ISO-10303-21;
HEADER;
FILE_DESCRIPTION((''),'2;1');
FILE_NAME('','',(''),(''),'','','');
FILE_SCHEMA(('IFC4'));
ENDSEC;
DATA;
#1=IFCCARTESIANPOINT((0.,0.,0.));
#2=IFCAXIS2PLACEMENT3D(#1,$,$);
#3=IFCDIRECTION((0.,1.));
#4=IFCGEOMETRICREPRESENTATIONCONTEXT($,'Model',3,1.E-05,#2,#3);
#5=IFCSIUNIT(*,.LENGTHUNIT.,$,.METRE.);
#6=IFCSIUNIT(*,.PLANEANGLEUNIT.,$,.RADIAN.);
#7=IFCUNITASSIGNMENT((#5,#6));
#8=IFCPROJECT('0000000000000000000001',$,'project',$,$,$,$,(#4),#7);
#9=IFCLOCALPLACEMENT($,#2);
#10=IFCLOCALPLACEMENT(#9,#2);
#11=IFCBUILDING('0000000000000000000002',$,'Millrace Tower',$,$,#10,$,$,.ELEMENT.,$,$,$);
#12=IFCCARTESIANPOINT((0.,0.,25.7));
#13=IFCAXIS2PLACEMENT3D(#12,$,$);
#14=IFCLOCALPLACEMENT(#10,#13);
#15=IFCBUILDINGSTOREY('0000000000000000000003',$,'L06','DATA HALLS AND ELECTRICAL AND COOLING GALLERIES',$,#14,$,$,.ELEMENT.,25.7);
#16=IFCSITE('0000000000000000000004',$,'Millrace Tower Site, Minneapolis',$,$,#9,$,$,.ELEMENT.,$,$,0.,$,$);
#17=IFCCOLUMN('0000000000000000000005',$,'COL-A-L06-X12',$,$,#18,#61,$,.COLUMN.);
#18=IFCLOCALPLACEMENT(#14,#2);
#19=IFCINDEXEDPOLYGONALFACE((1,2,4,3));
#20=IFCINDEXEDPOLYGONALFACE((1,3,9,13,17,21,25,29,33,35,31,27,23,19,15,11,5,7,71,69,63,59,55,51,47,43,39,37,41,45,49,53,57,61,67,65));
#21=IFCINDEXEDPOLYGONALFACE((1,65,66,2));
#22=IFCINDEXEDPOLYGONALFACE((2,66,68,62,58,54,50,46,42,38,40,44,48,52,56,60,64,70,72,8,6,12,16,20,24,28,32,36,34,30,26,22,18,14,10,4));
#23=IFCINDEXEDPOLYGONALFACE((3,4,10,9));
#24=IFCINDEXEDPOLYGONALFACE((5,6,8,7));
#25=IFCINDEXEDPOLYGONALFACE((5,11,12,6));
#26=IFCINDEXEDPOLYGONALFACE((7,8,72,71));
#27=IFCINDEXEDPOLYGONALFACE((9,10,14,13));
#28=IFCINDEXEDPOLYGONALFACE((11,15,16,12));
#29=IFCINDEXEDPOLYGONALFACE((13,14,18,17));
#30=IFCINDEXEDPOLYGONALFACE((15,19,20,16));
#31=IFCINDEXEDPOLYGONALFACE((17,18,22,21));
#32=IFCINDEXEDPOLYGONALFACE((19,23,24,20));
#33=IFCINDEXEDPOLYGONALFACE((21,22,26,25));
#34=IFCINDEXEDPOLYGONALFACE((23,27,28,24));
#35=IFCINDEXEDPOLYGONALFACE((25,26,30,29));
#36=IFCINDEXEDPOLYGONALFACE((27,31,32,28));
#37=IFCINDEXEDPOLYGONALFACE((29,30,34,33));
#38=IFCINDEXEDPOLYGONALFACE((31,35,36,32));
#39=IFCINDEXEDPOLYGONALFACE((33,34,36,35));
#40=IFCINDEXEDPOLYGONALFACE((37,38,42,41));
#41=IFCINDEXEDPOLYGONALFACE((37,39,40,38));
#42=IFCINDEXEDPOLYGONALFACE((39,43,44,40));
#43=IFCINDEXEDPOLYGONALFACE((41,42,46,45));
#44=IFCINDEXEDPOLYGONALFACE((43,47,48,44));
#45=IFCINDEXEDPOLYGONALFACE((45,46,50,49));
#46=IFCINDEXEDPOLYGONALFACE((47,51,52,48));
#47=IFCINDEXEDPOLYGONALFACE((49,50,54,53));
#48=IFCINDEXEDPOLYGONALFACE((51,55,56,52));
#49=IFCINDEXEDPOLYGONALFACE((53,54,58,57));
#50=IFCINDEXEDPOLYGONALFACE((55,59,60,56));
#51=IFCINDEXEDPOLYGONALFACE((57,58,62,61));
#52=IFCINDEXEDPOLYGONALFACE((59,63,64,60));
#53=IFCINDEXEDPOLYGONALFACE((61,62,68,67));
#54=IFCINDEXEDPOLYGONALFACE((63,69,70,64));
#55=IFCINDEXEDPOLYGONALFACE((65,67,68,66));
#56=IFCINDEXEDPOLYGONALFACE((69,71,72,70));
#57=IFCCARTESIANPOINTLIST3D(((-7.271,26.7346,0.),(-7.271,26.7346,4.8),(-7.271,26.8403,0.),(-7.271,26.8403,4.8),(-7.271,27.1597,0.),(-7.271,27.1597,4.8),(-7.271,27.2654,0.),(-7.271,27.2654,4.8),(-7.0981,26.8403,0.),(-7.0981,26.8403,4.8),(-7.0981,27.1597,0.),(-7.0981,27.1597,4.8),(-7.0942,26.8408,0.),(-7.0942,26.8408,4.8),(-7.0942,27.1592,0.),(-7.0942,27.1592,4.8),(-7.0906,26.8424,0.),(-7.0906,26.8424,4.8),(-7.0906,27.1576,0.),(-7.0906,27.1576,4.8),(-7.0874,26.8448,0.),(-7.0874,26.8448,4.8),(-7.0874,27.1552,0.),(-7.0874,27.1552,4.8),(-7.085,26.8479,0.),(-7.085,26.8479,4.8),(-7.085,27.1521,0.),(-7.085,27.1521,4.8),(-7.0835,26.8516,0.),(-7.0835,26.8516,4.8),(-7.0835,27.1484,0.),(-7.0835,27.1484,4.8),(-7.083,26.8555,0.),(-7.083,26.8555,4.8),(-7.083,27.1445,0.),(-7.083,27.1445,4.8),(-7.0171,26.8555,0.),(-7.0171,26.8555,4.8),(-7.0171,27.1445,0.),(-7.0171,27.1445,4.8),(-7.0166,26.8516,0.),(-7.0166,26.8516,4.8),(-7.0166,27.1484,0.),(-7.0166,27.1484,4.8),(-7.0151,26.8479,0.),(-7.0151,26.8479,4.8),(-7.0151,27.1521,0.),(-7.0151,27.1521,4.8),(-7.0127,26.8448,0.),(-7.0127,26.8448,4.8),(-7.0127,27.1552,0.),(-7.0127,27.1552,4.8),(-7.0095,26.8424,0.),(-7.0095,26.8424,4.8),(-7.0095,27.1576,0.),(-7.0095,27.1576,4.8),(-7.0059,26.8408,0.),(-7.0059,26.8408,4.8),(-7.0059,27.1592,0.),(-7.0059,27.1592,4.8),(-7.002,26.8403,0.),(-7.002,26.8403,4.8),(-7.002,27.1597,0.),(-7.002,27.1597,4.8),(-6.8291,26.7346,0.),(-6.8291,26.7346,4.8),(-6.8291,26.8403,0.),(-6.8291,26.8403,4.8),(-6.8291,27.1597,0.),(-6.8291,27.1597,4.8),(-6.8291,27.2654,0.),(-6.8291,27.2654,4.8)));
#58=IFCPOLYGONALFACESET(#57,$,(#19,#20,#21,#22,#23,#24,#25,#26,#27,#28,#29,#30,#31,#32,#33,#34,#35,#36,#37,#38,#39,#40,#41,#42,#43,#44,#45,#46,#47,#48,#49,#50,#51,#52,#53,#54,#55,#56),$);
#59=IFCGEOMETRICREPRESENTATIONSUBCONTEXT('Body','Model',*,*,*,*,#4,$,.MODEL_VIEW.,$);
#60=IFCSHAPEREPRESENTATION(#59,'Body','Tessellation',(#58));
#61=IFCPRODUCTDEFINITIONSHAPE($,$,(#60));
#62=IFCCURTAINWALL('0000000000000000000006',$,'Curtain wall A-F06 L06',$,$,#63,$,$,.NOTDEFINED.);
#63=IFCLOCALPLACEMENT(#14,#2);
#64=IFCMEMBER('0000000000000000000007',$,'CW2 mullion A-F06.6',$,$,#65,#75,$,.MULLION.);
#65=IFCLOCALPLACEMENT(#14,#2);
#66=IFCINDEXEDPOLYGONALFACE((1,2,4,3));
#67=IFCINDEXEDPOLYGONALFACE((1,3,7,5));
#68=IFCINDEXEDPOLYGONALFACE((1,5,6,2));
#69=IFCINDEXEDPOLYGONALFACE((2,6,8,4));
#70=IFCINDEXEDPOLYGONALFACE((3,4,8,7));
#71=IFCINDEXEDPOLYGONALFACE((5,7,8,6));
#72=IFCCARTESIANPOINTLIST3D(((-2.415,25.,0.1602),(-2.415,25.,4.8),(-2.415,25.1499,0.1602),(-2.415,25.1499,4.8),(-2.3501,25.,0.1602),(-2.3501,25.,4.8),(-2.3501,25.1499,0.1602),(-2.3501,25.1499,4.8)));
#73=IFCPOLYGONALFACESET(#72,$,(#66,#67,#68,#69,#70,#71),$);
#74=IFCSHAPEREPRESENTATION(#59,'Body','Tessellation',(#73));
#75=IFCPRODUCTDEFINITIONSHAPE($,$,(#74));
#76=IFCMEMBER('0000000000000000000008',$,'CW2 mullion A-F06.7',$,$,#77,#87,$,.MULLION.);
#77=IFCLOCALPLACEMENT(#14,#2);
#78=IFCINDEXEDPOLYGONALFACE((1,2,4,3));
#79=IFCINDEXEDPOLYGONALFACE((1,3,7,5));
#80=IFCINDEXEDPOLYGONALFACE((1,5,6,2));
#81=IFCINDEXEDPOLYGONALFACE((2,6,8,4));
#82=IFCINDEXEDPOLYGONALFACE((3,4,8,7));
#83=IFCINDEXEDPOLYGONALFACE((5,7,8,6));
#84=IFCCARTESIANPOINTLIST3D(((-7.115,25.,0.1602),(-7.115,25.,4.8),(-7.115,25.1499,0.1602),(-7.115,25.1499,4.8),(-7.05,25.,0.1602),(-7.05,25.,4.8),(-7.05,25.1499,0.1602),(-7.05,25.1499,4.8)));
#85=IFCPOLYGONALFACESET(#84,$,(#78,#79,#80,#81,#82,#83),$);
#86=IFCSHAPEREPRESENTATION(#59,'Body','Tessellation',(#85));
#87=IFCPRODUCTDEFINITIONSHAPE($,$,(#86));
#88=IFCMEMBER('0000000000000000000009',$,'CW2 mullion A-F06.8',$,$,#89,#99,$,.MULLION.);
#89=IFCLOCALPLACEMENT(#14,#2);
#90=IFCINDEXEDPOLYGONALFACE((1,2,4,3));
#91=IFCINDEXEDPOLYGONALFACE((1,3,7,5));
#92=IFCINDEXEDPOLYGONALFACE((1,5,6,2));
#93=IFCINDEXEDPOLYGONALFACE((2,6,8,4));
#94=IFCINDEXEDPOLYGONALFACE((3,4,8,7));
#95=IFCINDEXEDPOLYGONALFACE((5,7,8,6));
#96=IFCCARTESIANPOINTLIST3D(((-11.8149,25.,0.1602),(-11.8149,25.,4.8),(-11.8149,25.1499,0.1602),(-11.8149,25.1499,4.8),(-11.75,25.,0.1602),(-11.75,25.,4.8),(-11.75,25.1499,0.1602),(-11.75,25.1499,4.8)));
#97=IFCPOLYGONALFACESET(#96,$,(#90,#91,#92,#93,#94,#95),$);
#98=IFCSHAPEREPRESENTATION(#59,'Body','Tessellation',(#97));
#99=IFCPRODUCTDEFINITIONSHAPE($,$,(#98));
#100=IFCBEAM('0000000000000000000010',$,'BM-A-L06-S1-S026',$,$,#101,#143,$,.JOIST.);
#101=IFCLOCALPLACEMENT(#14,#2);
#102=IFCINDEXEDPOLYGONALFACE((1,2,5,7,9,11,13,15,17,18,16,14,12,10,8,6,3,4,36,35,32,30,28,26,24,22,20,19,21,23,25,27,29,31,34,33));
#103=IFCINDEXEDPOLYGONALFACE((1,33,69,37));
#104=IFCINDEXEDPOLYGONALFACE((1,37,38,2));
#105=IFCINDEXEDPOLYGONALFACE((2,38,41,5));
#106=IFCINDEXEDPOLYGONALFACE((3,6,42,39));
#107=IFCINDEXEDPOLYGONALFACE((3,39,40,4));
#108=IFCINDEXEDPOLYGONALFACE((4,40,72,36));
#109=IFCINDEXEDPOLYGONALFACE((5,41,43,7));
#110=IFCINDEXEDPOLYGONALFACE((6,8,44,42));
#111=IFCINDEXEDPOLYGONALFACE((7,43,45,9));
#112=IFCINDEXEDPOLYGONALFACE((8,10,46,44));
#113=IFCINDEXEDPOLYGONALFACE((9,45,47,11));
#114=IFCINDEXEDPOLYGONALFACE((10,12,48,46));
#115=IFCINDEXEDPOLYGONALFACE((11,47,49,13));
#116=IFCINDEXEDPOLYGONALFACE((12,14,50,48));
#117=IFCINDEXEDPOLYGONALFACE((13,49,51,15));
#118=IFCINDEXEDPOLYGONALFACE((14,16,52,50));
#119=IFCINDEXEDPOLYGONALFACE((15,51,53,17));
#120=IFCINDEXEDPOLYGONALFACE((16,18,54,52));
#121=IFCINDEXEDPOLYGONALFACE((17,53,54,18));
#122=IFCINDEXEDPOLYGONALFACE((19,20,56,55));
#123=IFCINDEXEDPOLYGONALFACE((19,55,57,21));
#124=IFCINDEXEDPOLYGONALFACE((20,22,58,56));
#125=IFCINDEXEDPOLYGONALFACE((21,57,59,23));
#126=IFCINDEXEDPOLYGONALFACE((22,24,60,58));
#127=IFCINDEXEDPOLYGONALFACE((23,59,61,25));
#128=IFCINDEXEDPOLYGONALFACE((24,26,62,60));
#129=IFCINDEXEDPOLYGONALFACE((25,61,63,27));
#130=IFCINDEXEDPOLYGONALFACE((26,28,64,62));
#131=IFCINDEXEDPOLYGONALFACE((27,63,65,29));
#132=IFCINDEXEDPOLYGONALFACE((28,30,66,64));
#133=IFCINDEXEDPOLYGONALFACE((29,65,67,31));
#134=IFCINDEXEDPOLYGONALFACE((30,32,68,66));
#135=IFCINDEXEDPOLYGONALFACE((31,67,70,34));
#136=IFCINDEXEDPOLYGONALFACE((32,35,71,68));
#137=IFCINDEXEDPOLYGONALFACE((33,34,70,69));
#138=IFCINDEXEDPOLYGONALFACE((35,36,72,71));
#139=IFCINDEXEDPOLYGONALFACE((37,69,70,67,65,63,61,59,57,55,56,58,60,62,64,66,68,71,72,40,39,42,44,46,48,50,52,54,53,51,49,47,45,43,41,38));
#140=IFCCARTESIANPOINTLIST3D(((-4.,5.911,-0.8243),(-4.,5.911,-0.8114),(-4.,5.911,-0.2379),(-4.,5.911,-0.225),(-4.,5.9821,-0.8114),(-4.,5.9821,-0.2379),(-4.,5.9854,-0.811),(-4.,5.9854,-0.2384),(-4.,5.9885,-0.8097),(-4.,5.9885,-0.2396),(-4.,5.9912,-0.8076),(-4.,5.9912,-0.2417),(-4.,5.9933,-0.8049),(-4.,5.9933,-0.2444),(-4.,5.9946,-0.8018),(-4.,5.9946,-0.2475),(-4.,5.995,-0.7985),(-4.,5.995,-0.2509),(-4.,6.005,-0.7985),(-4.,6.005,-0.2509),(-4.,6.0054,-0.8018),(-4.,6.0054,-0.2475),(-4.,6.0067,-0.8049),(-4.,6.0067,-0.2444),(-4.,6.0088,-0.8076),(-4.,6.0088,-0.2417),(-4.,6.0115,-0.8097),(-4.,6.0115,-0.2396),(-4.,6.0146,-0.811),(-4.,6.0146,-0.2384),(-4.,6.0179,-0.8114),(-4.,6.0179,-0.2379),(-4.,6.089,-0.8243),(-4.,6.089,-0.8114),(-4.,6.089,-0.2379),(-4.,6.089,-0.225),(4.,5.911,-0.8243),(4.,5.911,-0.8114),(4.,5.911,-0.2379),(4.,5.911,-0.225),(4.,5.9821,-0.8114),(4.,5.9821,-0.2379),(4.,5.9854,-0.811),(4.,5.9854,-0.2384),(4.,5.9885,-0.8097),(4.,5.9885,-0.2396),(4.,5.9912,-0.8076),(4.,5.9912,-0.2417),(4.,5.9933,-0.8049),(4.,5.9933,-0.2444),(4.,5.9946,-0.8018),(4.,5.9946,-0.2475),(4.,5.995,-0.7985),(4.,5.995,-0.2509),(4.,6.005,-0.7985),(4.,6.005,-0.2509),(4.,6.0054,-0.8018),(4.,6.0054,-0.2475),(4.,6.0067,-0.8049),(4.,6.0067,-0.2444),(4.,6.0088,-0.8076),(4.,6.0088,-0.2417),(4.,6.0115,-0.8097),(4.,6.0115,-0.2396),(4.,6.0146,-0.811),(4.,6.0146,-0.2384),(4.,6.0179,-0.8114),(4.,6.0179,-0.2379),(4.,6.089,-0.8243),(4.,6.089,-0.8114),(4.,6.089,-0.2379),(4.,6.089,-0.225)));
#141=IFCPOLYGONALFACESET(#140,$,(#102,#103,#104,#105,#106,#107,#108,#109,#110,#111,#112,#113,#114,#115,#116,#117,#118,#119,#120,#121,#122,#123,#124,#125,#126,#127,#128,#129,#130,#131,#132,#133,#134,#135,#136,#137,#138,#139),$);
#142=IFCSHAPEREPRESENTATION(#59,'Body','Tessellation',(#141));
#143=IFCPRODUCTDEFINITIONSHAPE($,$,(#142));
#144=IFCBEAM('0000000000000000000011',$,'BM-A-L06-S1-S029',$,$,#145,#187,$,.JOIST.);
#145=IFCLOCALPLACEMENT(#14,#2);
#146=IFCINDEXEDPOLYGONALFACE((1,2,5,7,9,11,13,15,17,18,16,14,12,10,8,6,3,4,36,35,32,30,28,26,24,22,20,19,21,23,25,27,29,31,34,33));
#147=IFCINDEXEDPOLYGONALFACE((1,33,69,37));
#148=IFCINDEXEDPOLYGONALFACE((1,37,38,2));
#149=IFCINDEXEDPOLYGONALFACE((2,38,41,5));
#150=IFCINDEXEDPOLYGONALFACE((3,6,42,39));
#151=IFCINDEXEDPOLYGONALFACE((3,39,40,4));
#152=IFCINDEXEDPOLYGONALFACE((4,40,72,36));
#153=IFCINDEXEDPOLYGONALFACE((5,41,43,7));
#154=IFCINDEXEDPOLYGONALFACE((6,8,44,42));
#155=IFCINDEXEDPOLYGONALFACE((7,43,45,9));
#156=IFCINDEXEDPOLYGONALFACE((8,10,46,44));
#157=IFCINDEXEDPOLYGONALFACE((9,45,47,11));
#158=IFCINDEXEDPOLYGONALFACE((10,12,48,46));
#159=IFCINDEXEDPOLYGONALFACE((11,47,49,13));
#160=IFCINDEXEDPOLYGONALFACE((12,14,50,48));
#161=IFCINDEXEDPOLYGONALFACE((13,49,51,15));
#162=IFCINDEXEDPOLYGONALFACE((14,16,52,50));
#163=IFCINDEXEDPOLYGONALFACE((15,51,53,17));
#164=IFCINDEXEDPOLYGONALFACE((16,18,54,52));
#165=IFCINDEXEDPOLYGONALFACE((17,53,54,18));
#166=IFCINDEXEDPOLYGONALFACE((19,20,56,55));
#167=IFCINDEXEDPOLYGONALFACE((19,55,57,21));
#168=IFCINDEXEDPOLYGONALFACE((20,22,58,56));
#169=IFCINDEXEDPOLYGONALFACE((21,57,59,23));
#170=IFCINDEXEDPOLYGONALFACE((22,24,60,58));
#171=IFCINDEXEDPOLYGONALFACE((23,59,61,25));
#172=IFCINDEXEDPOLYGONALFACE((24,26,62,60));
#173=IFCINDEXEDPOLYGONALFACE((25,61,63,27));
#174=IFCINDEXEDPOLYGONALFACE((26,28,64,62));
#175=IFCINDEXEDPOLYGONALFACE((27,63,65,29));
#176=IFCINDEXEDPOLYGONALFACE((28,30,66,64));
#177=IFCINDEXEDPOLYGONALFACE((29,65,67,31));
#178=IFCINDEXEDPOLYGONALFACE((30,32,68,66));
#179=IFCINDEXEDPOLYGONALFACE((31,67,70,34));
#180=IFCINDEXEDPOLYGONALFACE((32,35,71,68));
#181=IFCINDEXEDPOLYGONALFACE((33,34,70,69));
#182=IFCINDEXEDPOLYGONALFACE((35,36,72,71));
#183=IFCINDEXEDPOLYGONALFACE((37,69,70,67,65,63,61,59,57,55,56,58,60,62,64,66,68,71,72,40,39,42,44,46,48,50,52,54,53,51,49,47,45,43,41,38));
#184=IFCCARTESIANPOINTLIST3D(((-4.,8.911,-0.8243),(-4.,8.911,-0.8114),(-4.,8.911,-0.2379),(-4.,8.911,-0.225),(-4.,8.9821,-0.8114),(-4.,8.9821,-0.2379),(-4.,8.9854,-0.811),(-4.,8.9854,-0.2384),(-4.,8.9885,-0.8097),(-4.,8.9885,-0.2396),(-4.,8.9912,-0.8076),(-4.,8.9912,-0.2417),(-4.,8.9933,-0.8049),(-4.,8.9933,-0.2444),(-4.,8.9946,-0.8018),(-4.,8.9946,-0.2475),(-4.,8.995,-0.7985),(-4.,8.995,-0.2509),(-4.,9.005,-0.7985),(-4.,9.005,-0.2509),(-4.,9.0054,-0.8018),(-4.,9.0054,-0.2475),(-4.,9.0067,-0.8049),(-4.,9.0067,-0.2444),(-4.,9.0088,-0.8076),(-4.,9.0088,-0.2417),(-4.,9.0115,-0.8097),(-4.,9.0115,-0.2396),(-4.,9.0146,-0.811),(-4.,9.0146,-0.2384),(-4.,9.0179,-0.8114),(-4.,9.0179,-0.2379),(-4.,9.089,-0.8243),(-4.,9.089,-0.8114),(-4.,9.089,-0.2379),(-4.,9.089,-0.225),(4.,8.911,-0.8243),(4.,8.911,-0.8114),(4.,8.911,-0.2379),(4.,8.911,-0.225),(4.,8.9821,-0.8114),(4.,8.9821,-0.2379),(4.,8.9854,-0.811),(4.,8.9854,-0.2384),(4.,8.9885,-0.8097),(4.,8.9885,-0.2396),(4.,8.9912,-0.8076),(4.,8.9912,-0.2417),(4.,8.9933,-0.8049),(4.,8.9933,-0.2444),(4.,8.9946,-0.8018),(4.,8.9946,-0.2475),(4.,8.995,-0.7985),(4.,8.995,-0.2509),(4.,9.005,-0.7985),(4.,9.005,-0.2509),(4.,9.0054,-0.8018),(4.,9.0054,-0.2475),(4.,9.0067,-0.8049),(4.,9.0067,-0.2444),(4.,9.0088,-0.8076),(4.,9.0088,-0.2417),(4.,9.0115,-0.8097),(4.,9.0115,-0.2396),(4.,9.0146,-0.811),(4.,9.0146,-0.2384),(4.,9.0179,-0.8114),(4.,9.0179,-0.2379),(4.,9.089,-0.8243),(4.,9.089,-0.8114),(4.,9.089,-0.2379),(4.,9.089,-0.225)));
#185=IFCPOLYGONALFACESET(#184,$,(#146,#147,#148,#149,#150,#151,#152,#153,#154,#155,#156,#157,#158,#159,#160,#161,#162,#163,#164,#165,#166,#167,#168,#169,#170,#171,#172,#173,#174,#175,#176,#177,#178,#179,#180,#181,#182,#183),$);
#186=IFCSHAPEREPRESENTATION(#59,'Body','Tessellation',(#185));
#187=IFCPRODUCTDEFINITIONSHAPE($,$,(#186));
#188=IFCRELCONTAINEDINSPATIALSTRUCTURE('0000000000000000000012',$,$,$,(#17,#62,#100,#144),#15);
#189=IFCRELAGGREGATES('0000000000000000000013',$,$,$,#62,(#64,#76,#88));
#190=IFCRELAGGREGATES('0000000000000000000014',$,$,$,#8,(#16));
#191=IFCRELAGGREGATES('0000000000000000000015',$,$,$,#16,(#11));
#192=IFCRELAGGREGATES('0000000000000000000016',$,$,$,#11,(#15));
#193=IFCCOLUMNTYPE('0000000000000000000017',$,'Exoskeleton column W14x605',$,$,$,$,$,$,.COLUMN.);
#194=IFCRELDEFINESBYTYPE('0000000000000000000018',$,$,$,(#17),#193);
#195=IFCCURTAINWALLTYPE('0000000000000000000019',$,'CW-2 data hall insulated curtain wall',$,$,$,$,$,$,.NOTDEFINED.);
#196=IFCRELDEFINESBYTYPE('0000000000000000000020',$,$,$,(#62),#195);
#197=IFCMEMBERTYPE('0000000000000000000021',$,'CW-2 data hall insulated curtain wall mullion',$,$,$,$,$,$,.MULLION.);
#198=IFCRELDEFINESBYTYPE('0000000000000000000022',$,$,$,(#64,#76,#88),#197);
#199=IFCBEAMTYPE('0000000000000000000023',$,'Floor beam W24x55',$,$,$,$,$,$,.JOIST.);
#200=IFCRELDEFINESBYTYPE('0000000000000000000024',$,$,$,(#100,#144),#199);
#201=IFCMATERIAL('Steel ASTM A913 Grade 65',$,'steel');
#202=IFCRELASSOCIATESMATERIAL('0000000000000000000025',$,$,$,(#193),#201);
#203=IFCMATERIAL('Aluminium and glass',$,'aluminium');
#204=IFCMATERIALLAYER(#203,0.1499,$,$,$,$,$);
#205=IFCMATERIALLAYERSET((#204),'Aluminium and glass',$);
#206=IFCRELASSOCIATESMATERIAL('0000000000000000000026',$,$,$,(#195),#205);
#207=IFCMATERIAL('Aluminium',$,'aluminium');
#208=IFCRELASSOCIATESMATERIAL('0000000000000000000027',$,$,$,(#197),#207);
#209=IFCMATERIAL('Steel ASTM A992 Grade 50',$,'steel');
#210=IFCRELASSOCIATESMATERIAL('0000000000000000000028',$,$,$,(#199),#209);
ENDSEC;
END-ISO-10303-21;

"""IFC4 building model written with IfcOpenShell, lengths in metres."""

from ifc_helpers import new_model, si_unit, direction, frame, origin, origin_2d, place, context, subcontext, project, spatial, rectangle, i_section, extrude, material, layer, layer_set, material_profile, profile_set, type_object, element, aggregate, save


model = new_model("IFC4")

# Units and contexts
model_context = context("Model", 3, precision=1e-05, world=origin(), true_north=direction((0.0, 1.0)))
body_context = subcontext(model_context, "Body", "Model", "MODEL_VIEW")
ifc_project = project(units=[si_unit("LENGTHUNIT", "METRE"), si_unit("PLANEANGLEUNIT", "RADIAN")], contexts=[model_context])

# Site, building, storey
site_placement = place(None, origin())
site = spatial("IfcSite", under=ifc_project, at=site_placement, Name="Millrace Tower Site, Minneapolis", CompositionType="ELEMENT", RefElevation=0.0)
building_placement = place(site_placement, origin())
building = spatial("IfcBuilding", under=site, at=building_placement, Name="Millrace Tower", CompositionType="ELEMENT")
storey_placement = place(building_placement, frame((0.0, 0.0, 25.7)))
storey = spatial("IfcBuildingStorey", under=building, at=storey_placement, Name="L06", Description="DATA HALLS AND ELECTRICAL AND COOLING GALLERIES", CompositionType="ELEMENT", Elevation=25.7)

# Column
ifc_material_1 = material(Name="Steel ASTM A913 Grade 65", Category="steel")
ifc_material_profile_1 = material_profile(ifc_material_1, i_section(OverallWidth=0.4419, OverallDepth=0.5308, WebThickness=0.0659, FlangeThickness=0.1057, FilletRadius=0.0151, at=origin_2d()))
ifc_profile_set_1 = profile_set([ifc_material_profile_1], Name="Steel ASTM A913 Grade 65")
column_type = type_object("IfcColumnType", Name="Exoskeleton column W14x605", PredefinedType="COLUMN", material=ifc_profile_set_1)
column_placement = place(storey_placement, frame((-7.05, 27.0, 0.0), z_axis=(0.0, 0.0, 1.0), x_axis=(-1.0, 0.0, 0.0)))
element("IfcColumn", 1, at=column_placement, inside=storey, type_object=column_type, Name="COL-A-L06-X12", PredefinedType="COLUMN", context=body_context, shape_type="SweptSolid", body=[
    extrude(i_section(OverallWidth=0.4419, OverallDepth=0.5308, WebThickness=0.0659, FlangeThickness=0.1057, FilletRadius=0.0151, at=origin_2d()), origin(), (0.0, 0.0, 1.0), 4.8),
])

# Curtain wall, members
ifc_material_2 = material(Name="Aluminium and glass", Category="aluminium")
ifc_layer_1 = layer(ifc_material_2, 0.1499)
ifc_layer_set_1 = layer_set([ifc_layer_1], Name="Aluminium and glass")
curtain_wall_type = type_object("IfcCurtainWallType", Name="CW-2 data hall insulated curtain wall", PredefinedType="NOTDEFINED", material=ifc_layer_set_1)
placement = place(storey_placement, origin())
curtain_wall = element("IfcCurtainWall", 2, at=placement, inside=storey, type_object=curtain_wall_type, Name="Curtain wall A-F06 L06", PredefinedType="NOTDEFINED")
ifc_material_3 = material(Name="Aluminium", Category="aluminium")
ifc_material_profile_2 = material_profile(ifc_material_3, rectangle(XDim=0.0649, YDim=0.1499, at=origin_2d()))
ifc_profile_set_2 = profile_set([ifc_material_profile_2], Name="Aluminium")
member_type = type_object("IfcMemberType", Name="CW-2 data hall insulated curtain wall mullion", PredefinedType="MULLION", material=ifc_profile_set_2)
member_1_placement = place(storey_placement, frame((-2.3826, 25.075, 0.1602), z_axis=(0.0, 0.0, 1.0), x_axis=(-1.0, 0.0, 0.0)))
member_1 = element("IfcMember", 3, at=member_1_placement, type_object=member_type, Name="CW2 mullion A-F06.6", PredefinedType="MULLION", context=body_context, shape_type="SweptSolid", body=[
    extrude(rectangle(XDim=0.0649, YDim=0.1499, at=origin_2d()), origin(), (0.0, 0.0, 1.0), 4.6399),
])
member_2_placement = place(storey_placement, frame((-7.0825, 25.075, 0.1602), z_axis=(0.0, 0.0, 1.0), x_axis=(-1.0, 0.0, 0.0)))
member_2 = element("IfcMember", 4, at=member_2_placement, type_object=member_type, Name="CW2 mullion A-F06.7", PredefinedType="MULLION", context=body_context, shape_type="SweptSolid", body=[
    extrude(rectangle(XDim=0.0649, YDim=0.1499, at=origin_2d()), origin(), (0.0, 0.0, 1.0), 4.6399),
])
member_3_placement = place(storey_placement, frame((-11.7825, 25.075, 0.1602), z_axis=(0.0, 0.0, 1.0), x_axis=(-1.0, 0.0, 0.0)))
member_3 = element("IfcMember", 5, at=member_3_placement, type_object=member_type, Name="CW2 mullion A-F06.8", PredefinedType="MULLION", context=body_context, shape_type="SweptSolid", body=[
    extrude(rectangle(XDim=0.0649, YDim=0.1499, at=origin_2d()), origin(), (0.0, 0.0, 1.0), 4.6399),
])
aggregate(curtain_wall, [member_1, member_2, member_3])

# Beams
ifc_material_4 = material(Name="Steel ASTM A992 Grade 50", Category="steel")
ifc_material_profile_3 = material_profile(ifc_material_4, i_section(OverallWidth=0.178, OverallDepth=0.5994, WebThickness=0.01, FlangeThickness=0.0129, FilletRadius=0.0129, at=origin_2d()))
ifc_profile_set_3 = profile_set([ifc_material_profile_3], Name="Steel ASTM A992 Grade 50")
beam_type_1 = type_object("IfcBeamType", Name="Floor beam W24x55", PredefinedType="JOIST", material=ifc_profile_set_3)
for number, where, z_axis, x_axis, name in (
    (6, (-4.0, 6.0, -0.5247), (1.0, 0.0, 0.0), (0.0, 1.0, 0.0), "BM-A-L06-S1-S026"),
    (7, (-4.0, 9.0, -0.5247), (1.0, 0.0, 0.0), (0.0, 1.0, 0.0), "BM-A-L06-S1-S029"),
):
    element("IfcBeam", number, at=place(storey_placement, frame(where, z_axis=z_axis, x_axis=x_axis)), inside=storey, type_object=beam_type_1, Name=name, PredefinedType="JOIST", context=body_context, shape_type="SweptSolid", body=[
        extrude(i_section(OverallWidth=0.178, OverallDepth=0.5994, WebThickness=0.01, FlangeThickness=0.0129, FilletRadius=0.0129, at=origin_2d()), origin(), (0.0, 0.0, 1.0), 8.0),
    ])

save(model, "model.ifc")
